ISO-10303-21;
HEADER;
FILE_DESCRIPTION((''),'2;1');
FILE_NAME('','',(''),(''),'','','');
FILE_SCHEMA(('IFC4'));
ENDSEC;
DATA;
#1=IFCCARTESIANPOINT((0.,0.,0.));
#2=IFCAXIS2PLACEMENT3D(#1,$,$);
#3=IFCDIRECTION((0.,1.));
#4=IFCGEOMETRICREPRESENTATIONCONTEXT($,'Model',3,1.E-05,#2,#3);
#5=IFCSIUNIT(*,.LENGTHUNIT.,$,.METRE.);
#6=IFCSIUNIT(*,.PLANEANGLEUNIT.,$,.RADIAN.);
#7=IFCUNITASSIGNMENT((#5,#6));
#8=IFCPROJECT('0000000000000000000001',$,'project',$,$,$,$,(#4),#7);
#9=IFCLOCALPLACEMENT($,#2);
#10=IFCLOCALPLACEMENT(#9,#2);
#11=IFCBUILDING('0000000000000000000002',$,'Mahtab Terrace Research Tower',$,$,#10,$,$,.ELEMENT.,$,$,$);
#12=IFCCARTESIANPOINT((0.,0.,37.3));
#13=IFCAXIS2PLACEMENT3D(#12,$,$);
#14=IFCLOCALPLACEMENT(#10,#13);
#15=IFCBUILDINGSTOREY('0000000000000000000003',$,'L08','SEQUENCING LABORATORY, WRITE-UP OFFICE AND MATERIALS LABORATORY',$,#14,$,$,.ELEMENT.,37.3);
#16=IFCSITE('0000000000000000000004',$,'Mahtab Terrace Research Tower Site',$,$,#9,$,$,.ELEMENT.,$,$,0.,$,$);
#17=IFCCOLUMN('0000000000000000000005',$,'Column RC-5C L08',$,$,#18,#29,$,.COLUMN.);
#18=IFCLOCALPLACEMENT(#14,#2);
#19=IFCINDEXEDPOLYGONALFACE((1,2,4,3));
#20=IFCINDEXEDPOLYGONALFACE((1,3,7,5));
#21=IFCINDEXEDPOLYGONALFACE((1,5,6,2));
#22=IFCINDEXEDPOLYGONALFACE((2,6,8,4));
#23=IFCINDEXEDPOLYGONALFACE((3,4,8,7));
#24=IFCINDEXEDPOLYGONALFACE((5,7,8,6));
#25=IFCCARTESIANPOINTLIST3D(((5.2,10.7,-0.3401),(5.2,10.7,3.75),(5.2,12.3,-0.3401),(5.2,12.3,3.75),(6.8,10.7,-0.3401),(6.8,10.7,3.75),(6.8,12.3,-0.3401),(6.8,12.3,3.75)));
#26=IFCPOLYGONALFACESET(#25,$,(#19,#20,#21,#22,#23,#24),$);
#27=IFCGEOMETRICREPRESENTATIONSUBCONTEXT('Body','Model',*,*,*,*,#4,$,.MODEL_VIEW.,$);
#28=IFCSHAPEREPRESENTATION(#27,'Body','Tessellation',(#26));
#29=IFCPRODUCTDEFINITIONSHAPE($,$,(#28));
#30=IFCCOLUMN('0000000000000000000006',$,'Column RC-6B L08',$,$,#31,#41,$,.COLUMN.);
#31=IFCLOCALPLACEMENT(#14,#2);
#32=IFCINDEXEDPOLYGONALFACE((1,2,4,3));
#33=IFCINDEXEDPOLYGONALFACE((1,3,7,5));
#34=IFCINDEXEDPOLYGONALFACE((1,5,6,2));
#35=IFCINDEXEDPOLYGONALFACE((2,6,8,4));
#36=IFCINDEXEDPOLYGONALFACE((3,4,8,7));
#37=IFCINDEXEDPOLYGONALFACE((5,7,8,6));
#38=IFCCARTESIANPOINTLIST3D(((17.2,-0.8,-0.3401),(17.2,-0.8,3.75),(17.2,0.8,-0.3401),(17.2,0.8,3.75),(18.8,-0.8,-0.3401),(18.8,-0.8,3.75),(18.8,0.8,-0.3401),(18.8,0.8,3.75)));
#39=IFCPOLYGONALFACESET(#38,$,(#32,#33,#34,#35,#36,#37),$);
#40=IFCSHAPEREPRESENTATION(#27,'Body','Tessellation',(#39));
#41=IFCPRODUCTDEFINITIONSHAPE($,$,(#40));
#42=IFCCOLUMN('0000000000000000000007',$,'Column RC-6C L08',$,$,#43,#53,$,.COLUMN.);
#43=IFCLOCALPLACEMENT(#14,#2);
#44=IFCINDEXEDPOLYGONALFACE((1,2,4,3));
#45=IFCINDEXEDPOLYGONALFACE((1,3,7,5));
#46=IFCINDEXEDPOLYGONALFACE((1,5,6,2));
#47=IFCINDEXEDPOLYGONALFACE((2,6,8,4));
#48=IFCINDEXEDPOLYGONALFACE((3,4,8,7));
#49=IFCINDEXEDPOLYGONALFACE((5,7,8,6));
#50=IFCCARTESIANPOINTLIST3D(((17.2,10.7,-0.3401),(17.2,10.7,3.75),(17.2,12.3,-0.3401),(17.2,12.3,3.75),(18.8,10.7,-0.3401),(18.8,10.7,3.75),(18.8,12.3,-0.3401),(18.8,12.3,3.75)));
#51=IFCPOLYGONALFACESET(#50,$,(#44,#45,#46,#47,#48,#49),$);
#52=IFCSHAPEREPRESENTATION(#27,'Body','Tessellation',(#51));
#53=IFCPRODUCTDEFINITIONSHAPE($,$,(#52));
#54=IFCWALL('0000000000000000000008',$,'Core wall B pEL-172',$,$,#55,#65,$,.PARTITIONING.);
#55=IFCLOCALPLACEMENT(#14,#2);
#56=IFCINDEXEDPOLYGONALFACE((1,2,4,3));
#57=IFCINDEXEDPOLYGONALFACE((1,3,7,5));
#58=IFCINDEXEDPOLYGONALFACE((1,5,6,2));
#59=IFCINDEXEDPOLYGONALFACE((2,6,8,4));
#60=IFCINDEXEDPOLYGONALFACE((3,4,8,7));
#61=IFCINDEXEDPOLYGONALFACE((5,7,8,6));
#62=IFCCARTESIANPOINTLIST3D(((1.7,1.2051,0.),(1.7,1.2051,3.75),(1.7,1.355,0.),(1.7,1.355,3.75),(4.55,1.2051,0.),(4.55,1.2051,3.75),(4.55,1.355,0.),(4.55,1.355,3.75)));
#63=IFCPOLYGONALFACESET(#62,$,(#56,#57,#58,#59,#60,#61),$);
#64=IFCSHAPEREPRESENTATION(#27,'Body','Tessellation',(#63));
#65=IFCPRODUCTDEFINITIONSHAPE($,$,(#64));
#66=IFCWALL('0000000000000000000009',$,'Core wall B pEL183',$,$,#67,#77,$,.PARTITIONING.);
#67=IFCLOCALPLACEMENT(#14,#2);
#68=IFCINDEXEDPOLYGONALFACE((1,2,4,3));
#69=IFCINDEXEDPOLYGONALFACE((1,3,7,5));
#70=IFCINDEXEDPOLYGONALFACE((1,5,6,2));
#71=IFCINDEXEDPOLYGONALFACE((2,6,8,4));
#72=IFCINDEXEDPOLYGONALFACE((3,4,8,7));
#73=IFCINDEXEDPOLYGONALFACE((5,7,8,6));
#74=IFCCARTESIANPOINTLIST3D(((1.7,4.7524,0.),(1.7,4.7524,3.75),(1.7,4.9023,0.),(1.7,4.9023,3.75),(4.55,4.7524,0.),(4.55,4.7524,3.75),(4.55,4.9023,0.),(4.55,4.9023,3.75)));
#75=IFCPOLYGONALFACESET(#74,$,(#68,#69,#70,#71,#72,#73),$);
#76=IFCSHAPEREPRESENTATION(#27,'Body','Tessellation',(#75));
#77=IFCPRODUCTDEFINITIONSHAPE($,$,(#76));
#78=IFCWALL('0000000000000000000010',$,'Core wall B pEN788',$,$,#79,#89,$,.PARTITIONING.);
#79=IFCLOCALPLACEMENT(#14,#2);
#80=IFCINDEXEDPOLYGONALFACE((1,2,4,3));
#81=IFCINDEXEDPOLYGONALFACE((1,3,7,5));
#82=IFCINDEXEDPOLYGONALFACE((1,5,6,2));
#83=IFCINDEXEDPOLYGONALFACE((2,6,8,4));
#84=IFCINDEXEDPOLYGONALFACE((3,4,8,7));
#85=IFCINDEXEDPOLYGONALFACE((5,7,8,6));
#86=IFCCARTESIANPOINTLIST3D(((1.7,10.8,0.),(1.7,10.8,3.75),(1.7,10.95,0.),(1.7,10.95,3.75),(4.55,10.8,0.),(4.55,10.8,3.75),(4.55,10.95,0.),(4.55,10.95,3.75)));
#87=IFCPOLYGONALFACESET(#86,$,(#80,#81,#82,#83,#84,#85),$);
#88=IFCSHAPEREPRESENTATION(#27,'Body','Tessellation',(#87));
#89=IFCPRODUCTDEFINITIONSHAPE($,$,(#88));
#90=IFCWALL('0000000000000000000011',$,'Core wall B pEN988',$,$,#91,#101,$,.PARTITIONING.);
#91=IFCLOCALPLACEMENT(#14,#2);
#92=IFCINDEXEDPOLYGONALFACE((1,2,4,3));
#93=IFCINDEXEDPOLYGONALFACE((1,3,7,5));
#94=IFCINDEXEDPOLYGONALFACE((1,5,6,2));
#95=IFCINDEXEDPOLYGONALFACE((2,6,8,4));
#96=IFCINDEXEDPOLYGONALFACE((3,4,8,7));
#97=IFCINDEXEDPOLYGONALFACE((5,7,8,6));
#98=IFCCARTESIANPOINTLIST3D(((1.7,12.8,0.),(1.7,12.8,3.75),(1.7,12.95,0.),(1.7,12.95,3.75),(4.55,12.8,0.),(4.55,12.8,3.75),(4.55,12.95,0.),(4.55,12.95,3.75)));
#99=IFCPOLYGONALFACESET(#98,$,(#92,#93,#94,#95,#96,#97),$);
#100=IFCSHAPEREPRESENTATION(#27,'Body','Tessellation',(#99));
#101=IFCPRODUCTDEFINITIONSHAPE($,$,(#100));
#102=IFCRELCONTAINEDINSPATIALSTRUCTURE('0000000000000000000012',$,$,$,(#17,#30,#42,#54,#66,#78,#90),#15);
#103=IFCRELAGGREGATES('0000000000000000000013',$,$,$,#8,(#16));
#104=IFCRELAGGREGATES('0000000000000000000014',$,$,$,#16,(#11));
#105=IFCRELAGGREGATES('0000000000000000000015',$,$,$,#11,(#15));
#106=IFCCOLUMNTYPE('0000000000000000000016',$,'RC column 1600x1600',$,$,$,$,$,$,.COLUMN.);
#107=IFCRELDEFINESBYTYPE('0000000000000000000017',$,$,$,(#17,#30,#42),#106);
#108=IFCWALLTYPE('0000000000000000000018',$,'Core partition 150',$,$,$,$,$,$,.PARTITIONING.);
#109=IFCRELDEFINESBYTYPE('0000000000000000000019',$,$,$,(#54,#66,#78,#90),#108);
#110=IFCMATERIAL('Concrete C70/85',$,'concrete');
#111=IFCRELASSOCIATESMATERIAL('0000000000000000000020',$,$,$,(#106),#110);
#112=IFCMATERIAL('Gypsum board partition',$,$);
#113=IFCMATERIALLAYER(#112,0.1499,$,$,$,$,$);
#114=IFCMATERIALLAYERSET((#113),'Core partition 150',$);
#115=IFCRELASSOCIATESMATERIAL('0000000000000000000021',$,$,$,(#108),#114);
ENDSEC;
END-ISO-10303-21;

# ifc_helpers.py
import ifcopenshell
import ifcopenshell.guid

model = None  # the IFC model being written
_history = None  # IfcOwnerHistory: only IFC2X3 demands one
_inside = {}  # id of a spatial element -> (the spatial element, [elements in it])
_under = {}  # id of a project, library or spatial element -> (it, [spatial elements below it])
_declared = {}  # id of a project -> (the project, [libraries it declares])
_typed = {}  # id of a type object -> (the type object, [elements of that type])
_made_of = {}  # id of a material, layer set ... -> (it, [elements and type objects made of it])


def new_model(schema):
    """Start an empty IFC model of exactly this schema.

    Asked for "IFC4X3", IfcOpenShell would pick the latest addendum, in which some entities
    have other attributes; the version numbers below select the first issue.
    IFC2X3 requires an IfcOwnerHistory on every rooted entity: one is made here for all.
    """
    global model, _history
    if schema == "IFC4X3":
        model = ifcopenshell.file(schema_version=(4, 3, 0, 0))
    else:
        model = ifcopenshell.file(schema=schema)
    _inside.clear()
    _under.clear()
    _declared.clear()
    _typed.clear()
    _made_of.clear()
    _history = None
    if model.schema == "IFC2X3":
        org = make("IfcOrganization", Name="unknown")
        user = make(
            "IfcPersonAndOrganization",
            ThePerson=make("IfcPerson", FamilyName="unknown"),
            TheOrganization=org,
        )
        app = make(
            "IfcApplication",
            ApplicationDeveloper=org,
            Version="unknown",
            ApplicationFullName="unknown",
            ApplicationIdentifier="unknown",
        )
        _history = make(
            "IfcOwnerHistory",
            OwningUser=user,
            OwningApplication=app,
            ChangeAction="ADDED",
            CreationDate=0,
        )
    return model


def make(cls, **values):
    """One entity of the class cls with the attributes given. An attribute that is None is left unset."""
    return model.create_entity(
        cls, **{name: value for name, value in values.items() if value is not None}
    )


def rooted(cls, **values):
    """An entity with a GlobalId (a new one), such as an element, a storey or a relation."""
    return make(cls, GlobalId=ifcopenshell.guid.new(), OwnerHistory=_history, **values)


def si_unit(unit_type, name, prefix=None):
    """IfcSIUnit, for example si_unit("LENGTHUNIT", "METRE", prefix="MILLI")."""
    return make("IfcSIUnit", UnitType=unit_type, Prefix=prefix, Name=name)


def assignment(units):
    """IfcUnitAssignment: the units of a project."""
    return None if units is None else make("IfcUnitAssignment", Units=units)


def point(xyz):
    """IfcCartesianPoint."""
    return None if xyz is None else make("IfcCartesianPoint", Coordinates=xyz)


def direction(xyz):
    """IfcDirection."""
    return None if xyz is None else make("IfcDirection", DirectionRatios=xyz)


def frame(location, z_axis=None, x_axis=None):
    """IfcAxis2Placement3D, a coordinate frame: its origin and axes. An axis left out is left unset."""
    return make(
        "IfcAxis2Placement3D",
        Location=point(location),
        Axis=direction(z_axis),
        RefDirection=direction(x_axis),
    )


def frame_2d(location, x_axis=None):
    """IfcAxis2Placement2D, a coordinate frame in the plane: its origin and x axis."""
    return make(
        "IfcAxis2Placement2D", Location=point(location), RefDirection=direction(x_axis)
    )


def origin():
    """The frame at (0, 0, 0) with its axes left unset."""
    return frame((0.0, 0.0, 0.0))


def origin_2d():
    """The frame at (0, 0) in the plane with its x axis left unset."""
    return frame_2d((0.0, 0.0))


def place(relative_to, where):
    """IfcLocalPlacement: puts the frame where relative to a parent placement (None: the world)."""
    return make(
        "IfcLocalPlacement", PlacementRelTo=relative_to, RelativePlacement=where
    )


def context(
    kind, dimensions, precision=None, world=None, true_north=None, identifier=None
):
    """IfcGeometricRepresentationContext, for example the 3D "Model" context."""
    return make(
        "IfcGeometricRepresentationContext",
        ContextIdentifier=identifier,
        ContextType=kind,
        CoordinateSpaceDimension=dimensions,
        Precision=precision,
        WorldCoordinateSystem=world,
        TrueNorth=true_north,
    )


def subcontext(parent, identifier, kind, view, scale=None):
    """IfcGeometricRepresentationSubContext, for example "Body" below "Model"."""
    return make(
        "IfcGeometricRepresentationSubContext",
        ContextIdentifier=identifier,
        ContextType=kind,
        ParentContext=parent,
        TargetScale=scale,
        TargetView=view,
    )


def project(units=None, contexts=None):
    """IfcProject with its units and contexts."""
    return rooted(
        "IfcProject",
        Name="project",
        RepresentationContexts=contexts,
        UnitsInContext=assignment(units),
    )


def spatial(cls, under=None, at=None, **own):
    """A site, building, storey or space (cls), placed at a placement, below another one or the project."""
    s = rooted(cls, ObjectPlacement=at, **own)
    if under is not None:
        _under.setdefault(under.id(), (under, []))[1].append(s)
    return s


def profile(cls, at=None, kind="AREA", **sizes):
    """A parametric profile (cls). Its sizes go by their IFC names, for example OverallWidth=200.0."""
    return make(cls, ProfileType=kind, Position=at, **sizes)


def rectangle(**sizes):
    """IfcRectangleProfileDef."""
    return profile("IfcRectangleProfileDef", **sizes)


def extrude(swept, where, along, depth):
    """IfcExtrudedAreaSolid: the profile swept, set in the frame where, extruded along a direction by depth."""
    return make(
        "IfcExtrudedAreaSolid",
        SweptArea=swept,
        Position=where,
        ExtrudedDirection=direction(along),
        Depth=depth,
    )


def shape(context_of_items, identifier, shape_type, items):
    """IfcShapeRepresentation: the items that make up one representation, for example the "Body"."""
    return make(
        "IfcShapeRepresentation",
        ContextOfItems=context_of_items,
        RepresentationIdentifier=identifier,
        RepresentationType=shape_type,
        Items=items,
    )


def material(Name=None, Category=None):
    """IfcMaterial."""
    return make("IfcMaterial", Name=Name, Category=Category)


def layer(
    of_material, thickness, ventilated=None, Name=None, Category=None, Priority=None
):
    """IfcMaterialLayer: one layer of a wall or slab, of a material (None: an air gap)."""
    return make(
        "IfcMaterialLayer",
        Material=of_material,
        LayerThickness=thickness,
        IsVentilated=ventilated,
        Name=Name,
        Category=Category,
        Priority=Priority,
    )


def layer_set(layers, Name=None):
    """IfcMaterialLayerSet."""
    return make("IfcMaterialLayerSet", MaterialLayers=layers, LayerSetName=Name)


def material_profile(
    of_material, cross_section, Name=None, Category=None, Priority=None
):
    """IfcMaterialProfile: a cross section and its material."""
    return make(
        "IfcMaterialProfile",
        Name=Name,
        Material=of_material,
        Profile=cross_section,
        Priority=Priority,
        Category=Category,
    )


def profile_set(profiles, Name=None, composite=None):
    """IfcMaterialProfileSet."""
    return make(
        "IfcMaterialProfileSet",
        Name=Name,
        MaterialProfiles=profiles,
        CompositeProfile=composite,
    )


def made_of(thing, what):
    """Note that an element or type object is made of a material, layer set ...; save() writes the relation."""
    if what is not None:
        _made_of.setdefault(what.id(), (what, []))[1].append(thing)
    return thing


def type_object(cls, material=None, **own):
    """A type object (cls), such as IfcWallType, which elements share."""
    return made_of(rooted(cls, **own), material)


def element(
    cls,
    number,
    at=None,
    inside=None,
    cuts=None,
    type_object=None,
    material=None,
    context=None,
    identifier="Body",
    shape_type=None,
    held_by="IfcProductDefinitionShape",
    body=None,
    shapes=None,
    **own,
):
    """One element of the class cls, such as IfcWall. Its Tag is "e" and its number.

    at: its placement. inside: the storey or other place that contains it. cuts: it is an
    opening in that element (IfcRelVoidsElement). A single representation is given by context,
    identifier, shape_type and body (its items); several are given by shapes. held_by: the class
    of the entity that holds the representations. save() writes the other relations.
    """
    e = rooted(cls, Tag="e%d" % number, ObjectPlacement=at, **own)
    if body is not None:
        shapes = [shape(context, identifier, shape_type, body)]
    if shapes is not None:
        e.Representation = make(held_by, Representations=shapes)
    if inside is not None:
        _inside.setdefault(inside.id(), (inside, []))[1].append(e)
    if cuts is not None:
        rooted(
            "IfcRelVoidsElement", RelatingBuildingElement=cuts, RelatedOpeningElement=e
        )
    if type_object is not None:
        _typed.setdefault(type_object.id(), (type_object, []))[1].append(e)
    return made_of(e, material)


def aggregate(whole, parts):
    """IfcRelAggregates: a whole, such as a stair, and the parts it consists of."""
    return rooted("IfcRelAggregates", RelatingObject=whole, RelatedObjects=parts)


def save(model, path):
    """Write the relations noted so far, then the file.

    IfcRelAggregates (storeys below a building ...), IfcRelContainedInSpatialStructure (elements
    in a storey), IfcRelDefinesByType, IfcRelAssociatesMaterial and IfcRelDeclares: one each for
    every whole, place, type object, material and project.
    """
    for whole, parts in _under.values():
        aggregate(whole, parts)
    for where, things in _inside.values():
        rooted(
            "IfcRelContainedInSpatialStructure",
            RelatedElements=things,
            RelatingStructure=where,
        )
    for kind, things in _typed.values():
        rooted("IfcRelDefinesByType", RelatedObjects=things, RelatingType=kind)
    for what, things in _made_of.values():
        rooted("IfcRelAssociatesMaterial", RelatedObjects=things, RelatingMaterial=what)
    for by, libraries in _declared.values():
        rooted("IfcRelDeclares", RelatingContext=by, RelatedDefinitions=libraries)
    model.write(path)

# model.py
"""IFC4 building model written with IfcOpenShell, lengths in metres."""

from ifc_helpers import new_model, si_unit, direction, frame, frame_2d, origin, origin_2d, place, context, subcontext, project, spatial, rectangle, extrude, material, layer, layer_set, material_profile, profile_set, type_object, element, save


model = new_model("IFC4")

# Units and contexts
model_context = context("Model", 3, precision=1e-05, world=origin(), true_north=direction((0.0, 1.0)))
body_context = subcontext(model_context, "Body", "Model", "MODEL_VIEW")
ifc_project = project(units=[si_unit("LENGTHUNIT", "METRE"), si_unit("PLANEANGLEUNIT", "RADIAN")], contexts=[model_context])

# Site, building, storey
site_placement = place(None, origin())
site = spatial("IfcSite", under=ifc_project, at=site_placement, Name="Mahtab Terrace Research Tower Site", CompositionType="ELEMENT", RefElevation=0.0)
building_placement = place(site_placement, origin())
building = spatial("IfcBuilding", under=site, at=building_placement, Name="Mahtab Terrace Research Tower", CompositionType="ELEMENT")
storey_placement = place(building_placement, frame((0.0, 0.0, 37.3)))
storey = spatial("IfcBuildingStorey", under=building, at=storey_placement, Name="L08", Description="SEQUENCING LABORATORY, WRITE-UP OFFICE AND MATERIALS LABORATORY", CompositionType="ELEMENT", Elevation=37.3)

# Columns
ifc_material_1 = material(Name="Concrete C70/85", Category="concrete")
ifc_material_profile = material_profile(ifc_material_1, rectangle(XDim=1.6001, YDim=1.6001, at=origin_2d()), Name="RC column 1600x1600")
ifc_profile_set = profile_set([ifc_material_profile], Name="Concrete C70/85")
column_type = type_object("IfcColumnType", Name="RC column 1600x1600", PredefinedType="COLUMN", material=ifc_profile_set)
for number, where, z_axis, x_axis, name in (
    (1, (6.0, 11.5, -0.3401), (0.0, 0.0, 1.0), (1.0, 0.0, 0.0), "Column RC-5C L08"),
    (2, (18.0, 0.0, -0.3401), (0.0, 0.0, 1.0), (1.0, 0.0, 0.0), "Column RC-6B L08"),
    (3, (18.0, 11.5, -0.3401), (0.0, 0.0, 1.0), (1.0, 0.0, 0.0), "Column RC-6C L08"),
):
    element("IfcColumn", number, at=place(storey_placement, frame(where, z_axis=z_axis, x_axis=x_axis)), inside=storey, type_object=column_type, Name=name, PredefinedType="COLUMN", context=body_context, shape_type="SweptSolid", body=[
        extrude(rectangle(XDim=1.6001, YDim=1.6001, at=origin_2d()), origin(), (0.0, 0.0, 1.0), 4.0901),
    ])

# Walls
ifc_material_2 = material(Name="Gypsum board partition")
ifc_layer_1 = layer(ifc_material_2, 0.1499)
ifc_layer_set_1 = layer_set([ifc_layer_1], Name="Core partition 150")
wall_type_1 = type_object("IfcWallType", Name="Core partition 150", PredefinedType="PARTITIONING", material=ifc_layer_set_1)
for number, where, z_axis, x_axis, name in (
    (4, (1.7, 1.28, 0.0), (0.0, 0.0, 1.0), (1.0, 0.0, 0.0), "Core wall B pEL-172"),
    (5, (1.7, 4.8274, 0.0), (0.0, 0.0, 1.0), (1.0, 0.0, 0.0), "Core wall B pEL183"),
    (6, (1.7, 10.875, 0.0), (0.0, 0.0, 1.0), (1.0, 0.0, 0.0), "Core wall B pEN788"),
    (7, (1.7, 12.875, 0.0), (0.0, 0.0, 1.0), (1.0, 0.0, 0.0), "Core wall B pEN988"),
):
    element("IfcWall", number, at=place(storey_placement, frame(where, z_axis=z_axis, x_axis=x_axis)), inside=storey, type_object=wall_type_1, Name=name, PredefinedType="PARTITIONING", context=body_context, shape_type="SweptSolid", body=[
        extrude(rectangle(XDim=2.8501, YDim=0.1499, at=frame_2d((1.425, 0.0))), origin(), (0.0, 0.0, 1.0), 3.75),
    ])

save(model, "model.ifc")
